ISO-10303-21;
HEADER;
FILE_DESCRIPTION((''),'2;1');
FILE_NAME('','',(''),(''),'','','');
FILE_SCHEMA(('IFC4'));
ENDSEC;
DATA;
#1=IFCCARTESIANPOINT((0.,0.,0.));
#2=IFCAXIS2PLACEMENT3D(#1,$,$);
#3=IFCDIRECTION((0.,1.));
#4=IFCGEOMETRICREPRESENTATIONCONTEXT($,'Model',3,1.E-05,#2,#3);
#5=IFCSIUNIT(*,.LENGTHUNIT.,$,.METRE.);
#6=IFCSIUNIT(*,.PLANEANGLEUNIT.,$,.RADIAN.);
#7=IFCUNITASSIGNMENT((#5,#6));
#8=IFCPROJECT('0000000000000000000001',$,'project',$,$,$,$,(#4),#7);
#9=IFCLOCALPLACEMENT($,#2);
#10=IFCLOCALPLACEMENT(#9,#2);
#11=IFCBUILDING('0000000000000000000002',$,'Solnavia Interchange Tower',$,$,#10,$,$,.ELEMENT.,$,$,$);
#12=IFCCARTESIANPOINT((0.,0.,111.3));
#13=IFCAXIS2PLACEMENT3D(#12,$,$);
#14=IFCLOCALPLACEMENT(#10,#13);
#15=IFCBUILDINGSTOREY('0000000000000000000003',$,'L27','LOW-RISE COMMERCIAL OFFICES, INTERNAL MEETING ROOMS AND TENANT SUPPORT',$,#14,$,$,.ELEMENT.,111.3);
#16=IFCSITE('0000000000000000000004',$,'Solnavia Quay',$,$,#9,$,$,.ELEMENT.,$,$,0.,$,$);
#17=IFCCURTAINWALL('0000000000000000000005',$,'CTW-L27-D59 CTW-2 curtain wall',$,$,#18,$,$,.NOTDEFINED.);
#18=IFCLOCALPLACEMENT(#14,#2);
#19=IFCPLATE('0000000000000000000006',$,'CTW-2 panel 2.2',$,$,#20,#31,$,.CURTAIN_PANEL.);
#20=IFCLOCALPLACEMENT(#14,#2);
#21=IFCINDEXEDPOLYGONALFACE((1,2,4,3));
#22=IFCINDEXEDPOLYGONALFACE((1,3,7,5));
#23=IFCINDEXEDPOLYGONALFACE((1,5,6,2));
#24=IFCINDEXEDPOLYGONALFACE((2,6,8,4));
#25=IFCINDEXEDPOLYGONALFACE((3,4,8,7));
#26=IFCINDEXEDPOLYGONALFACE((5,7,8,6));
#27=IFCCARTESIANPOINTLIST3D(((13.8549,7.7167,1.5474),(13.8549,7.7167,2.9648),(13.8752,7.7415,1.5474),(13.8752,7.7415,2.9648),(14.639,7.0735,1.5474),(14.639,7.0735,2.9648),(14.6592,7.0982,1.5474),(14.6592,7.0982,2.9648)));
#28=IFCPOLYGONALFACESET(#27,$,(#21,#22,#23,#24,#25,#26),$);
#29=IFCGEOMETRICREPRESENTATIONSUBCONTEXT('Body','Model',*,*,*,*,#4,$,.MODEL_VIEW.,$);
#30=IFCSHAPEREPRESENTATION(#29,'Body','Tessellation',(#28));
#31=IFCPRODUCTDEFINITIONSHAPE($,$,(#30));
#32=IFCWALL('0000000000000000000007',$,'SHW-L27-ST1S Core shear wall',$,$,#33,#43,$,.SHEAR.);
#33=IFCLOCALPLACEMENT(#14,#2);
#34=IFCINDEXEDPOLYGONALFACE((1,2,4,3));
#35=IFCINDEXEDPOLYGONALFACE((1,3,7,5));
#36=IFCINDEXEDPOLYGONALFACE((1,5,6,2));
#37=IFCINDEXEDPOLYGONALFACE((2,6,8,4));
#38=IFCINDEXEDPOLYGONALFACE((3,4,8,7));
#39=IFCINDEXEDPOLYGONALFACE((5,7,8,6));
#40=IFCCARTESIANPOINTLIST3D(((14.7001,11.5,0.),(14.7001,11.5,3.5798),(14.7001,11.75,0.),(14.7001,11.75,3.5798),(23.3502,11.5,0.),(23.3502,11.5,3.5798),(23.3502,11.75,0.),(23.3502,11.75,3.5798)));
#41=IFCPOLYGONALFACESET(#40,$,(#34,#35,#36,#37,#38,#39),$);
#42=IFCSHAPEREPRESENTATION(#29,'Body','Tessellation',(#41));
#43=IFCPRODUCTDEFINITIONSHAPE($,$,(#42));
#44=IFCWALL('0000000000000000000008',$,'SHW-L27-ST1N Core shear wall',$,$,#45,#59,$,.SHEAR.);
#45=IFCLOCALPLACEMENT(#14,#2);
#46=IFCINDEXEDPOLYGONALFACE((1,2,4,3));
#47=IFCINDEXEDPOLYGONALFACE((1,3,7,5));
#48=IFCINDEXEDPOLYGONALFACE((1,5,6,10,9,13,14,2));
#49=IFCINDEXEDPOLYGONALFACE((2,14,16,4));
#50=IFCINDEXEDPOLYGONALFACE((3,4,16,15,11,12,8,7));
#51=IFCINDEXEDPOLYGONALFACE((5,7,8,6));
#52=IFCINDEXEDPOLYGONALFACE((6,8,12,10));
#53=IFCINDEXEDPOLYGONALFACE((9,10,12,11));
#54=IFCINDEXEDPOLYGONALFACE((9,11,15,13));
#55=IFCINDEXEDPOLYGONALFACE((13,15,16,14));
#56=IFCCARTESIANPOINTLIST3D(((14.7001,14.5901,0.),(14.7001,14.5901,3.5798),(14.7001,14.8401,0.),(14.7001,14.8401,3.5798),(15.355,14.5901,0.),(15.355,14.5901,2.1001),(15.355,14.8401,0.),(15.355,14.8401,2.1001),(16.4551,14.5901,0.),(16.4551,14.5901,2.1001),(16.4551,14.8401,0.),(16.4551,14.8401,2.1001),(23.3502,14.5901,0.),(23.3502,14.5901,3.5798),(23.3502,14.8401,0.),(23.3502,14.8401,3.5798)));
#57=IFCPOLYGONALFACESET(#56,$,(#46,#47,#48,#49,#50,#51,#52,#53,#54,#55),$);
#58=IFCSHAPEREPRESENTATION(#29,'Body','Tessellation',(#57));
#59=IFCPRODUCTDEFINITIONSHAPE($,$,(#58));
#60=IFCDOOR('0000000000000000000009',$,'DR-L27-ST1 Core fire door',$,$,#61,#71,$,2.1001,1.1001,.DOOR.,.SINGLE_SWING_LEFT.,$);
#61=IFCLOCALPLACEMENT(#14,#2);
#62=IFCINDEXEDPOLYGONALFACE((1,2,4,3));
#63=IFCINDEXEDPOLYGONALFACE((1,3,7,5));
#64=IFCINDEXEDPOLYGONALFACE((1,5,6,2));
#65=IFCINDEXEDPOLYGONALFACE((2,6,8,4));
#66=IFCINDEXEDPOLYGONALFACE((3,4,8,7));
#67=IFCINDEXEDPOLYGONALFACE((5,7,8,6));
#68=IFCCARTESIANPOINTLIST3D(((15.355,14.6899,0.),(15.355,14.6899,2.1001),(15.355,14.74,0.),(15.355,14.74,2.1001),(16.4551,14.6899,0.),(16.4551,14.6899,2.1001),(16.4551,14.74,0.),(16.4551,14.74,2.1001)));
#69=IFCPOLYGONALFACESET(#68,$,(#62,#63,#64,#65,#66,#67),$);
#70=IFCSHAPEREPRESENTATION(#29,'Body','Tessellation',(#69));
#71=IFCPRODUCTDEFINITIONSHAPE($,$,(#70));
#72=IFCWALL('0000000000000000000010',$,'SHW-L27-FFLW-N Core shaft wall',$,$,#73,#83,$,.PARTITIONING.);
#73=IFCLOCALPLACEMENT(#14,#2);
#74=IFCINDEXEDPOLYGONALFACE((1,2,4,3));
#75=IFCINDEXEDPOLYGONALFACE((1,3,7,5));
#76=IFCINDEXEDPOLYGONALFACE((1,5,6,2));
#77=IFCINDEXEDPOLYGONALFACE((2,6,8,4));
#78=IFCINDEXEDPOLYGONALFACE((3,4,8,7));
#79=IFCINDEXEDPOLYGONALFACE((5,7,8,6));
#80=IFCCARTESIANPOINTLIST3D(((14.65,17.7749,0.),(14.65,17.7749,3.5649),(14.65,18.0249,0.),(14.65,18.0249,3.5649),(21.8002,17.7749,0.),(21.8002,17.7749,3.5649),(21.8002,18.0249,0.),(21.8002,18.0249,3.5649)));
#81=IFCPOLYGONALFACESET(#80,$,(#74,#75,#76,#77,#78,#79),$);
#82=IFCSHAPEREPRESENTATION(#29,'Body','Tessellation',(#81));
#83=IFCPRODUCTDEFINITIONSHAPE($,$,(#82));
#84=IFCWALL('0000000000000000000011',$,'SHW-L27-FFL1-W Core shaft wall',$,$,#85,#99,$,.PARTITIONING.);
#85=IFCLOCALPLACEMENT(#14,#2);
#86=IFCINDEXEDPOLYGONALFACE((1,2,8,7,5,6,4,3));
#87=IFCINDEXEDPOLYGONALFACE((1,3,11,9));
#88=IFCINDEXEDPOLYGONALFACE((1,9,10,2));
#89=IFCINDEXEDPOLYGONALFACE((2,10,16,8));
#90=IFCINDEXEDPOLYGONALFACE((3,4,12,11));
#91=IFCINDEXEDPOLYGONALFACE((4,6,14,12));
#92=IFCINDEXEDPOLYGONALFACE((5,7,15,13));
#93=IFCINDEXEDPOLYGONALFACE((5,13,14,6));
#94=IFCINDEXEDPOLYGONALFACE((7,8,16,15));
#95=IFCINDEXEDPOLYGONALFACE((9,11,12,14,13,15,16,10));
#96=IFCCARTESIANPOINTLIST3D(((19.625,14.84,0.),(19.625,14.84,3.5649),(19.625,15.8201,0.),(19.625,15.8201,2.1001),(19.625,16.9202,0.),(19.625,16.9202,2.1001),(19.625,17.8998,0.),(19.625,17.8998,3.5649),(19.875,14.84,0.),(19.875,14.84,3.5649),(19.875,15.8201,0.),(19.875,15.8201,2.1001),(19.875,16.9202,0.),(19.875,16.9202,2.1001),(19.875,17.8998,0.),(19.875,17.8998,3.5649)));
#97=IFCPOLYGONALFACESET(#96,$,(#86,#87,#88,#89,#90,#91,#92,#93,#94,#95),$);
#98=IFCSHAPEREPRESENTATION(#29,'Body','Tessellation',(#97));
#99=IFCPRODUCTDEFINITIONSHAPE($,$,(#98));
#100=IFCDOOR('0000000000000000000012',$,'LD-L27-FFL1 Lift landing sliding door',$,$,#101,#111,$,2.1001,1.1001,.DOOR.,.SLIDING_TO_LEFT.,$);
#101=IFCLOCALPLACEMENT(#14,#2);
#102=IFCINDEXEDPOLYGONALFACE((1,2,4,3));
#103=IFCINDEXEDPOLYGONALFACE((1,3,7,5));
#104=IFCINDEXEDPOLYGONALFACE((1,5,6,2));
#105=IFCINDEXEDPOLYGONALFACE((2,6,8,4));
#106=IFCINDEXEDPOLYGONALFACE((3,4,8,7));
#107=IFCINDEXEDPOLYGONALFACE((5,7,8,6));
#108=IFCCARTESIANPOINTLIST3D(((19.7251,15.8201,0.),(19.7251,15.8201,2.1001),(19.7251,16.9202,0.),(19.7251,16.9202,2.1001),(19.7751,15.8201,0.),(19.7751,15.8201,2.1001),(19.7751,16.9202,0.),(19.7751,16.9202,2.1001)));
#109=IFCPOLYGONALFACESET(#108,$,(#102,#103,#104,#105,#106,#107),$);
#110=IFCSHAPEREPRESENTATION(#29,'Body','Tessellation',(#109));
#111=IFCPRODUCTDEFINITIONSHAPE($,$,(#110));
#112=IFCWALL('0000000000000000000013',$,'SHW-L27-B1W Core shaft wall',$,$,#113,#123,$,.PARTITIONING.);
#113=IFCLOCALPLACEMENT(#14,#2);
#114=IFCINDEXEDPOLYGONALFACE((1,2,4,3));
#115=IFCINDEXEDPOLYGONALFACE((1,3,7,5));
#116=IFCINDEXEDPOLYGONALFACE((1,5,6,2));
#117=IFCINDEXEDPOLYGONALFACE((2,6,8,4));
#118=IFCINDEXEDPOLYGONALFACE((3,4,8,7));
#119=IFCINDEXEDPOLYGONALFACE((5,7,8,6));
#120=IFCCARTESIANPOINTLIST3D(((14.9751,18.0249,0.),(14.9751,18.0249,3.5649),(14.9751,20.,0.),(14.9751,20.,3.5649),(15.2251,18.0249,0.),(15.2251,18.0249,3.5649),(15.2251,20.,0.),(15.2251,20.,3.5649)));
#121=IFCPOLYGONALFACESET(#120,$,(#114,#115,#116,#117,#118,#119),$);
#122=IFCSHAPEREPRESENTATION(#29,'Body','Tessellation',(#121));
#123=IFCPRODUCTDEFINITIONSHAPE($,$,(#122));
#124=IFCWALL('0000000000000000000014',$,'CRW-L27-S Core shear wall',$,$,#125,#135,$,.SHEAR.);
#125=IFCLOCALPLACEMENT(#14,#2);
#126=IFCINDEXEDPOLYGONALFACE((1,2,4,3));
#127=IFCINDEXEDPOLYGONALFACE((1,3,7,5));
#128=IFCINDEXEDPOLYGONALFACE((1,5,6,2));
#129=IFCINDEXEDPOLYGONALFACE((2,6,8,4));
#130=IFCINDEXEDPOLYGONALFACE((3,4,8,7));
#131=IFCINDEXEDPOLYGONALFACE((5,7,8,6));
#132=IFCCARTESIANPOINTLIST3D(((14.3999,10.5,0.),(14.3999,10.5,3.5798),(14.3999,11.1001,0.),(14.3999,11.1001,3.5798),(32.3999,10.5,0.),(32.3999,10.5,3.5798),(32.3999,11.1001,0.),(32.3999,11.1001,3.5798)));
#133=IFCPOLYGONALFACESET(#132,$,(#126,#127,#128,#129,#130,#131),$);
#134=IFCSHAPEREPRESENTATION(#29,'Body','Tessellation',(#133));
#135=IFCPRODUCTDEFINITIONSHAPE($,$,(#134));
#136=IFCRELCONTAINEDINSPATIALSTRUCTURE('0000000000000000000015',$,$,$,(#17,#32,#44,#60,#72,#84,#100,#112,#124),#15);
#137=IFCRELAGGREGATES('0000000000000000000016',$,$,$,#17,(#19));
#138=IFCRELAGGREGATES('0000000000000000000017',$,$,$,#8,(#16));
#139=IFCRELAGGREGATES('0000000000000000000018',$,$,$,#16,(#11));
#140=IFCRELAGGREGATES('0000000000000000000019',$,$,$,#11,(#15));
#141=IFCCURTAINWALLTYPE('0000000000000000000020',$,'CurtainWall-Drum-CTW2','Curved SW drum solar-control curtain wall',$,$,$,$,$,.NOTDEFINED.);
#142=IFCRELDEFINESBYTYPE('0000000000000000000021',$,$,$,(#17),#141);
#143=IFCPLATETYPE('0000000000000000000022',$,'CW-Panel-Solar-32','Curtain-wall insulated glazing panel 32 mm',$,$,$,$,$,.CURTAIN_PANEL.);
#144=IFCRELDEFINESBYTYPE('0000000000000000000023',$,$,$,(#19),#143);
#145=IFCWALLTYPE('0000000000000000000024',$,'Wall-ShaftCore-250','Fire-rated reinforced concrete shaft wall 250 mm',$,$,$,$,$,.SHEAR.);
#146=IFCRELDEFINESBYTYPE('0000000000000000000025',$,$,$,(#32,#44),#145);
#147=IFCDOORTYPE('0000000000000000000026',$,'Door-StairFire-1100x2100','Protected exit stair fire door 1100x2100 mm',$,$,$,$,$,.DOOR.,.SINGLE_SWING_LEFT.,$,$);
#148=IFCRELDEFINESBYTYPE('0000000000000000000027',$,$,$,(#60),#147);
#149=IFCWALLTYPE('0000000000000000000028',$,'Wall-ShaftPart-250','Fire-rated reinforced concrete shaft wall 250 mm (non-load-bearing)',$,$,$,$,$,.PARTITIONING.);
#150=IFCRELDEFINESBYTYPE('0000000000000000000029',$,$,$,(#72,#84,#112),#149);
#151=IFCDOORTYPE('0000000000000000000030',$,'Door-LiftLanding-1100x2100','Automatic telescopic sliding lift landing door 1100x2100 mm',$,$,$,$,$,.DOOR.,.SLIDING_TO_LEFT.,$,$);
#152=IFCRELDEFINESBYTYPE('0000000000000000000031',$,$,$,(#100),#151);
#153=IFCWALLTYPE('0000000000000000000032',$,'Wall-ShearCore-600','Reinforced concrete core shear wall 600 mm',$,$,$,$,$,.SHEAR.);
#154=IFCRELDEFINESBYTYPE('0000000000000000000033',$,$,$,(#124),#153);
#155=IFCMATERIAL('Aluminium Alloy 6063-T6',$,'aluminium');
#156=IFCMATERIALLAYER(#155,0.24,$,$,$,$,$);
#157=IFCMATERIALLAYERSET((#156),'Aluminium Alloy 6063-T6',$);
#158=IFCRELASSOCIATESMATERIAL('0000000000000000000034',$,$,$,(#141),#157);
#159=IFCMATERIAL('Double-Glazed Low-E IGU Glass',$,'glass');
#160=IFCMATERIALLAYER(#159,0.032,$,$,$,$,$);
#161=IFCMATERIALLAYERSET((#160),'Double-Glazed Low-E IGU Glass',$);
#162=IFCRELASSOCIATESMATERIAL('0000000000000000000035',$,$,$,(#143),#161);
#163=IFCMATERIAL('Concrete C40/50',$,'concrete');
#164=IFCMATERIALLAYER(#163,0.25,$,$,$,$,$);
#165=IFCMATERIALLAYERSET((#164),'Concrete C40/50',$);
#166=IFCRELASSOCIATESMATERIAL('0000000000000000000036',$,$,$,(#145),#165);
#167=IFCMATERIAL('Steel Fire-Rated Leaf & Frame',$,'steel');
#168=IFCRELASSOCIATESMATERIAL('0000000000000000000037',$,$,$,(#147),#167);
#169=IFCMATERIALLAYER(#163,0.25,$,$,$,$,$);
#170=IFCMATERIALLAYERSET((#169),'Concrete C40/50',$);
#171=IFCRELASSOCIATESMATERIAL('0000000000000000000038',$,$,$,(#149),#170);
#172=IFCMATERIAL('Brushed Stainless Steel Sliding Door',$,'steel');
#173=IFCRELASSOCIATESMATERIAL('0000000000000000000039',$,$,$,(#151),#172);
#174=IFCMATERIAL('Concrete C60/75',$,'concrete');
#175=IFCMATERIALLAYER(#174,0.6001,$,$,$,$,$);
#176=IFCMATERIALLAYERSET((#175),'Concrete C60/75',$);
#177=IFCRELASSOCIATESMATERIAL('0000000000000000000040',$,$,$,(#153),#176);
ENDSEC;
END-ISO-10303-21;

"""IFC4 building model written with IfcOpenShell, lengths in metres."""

from ifc_helpers import new_model, si_unit, direction, frame, frame_2d, origin, origin_2d, place, context, subcontext, project, spatial, rectangle, extrude, material, layer, layer_set, type_object, element, fill, aggregate, save


model = new_model("IFC4")

# Units and contexts
model_context = context("Model", 3, precision=1e-05, world=origin(), true_north=direction((0.0, 1.0)))
body_context = subcontext(model_context, "Body", "Model", "MODEL_VIEW")
ifc_project = project(units=[si_unit("LENGTHUNIT", "METRE"), si_unit("PLANEANGLEUNIT", "RADIAN")], contexts=[model_context])

# Site, building, storey
site_placement = place(None, origin())
site = spatial("IfcSite", under=ifc_project, at=site_placement, Name="Solnavia Quay", CompositionType="ELEMENT", RefElevation=0.0)
building_placement = place(site_placement, origin())
building = spatial("IfcBuilding", under=site, at=building_placement, Name="Solnavia Interchange Tower", CompositionType="ELEMENT")
storey_placement = place(building_placement, frame((0.0, 0.0, 111.3)))
storey = spatial("IfcBuildingStorey", under=building, at=storey_placement, Name="L27", Description="LOW-RISE COMMERCIAL OFFICES, INTERNAL MEETING ROOMS AND TENANT SUPPORT", CompositionType="ELEMENT", Elevation=111.3)

# Curtain wall, plate
ifc_material_1 = material(Name="Aluminium Alloy 6063-T6", Category="aluminium")
ifc_layer_1 = layer(ifc_material_1, 0.24)
ifc_layer_set_1 = layer_set([ifc_layer_1], Name="Aluminium Alloy 6063-T6")
curtain_wall_type = type_object("IfcCurtainWallType", Name="CurtainWall-Drum-CTW2", Description="Curved SW drum solar-control curtain wall", PredefinedType="NOTDEFINED", material=ifc_layer_set_1)
curtain_wall_placement = place(storey_placement, origin())
curtain_wall = element("IfcCurtainWall", 1, at=curtain_wall_placement, inside=storey, type_object=curtain_wall_type, Name="CTW-L27-D59 CTW-2 curtain wall", PredefinedType="NOTDEFINED")
ifc_material_2 = material(Name="Double-Glazed Low-E IGU Glass", Category="glass")
ifc_layer_2 = layer(ifc_material_2, 0.032)
ifc_layer_set_2 = layer_set([ifc_layer_2], Name="Double-Glazed Low-E IGU Glass")
plate_type = type_object("IfcPlateType", Name="CW-Panel-Solar-32", Description="Curtain-wall insulated glazing panel 32 mm", PredefinedType="CURTAIN_PANEL", material=ifc_layer_set_2)
plate_placement = place(storey_placement, frame((14.2571, 7.4075, 1.5474), z_axis=(0.0, 0.0, 1.0), x_axis=(0.773095, -0.634291, 0.0)))
plate = element("IfcPlate", 2, at=plate_placement, type_object=plate_type, Name="CTW-2 panel 2.2", PredefinedType="CURTAIN_PANEL", context=body_context, shape_type="SweptSolid", body=[
    extrude(rectangle(XDim=1.0142, YDim=0.032, at=origin_2d()), origin(), (0.0, 0.0, 1.0), 1.4175),
])
aggregate(curtain_wall, [plate])

# Wall
ifc_material_3 = material(Name="Concrete C40/50", Category="concrete")
ifc_layer_3 = layer(ifc_material_3, 0.25)
ifc_layer_set_3 = layer_set([ifc_layer_3], Name="Concrete C40/50")
wall_type_1 = type_object("IfcWallType", Name="Wall-ShaftCore-250", Description="Fire-rated reinforced concrete shaft wall 250 mm", PredefinedType="SHEAR", material=ifc_layer_set_3)
wall_1_placement = place(storey_placement, frame((14.7, 11.625, 0.0), z_axis=(0.0, 0.0, 1.0), x_axis=(1.0, 0.0, 0.0)))
element("IfcWall", 3, at=wall_1_placement, inside=storey, type_object=wall_type_1, Name="SHW-L27-ST1S Core shear wall", PredefinedType="SHEAR", context=body_context, shape_type="SweptSolid", body=[
    extrude(rectangle(XDim=8.6501, YDim=0.25, at=frame_2d((4.3252, 0.0))), origin(), (0.0, 0.0, 1.0), 3.5798),
])

# Wall, opening, door
wall_2_placement = place(storey_placement, frame((14.7, 14.7151, 0.0), z_axis=(0.0, 0.0, 1.0), x_axis=(1.0, 0.0, 0.0)))
wall_2 = element("IfcWall", 4, at=wall_2_placement, inside=storey, type_object=wall_type_1, Name="SHW-L27-ST1N Core shear wall", PredefinedType="SHEAR", context=body_context, shape_type="SweptSolid", body=[
    extrude(rectangle(XDim=8.6501, YDim=0.25, at=frame_2d((4.3252, 0.0))), origin(), (0.0, 0.0, 1.0), 3.5798),
])
opening_1_placement = place(wall_2_placement, frame((0.655, 0.0, 0.0)))
opening_1 = element("IfcOpeningElement", 5, at=opening_1_placement, cuts=wall_2, PredefinedType="OPENING", context=body_context, shape_type="SweptSolid", body=[
    extrude(rectangle(XDim=1.1001, YDim=2.1001, at=frame_2d((0.55, 1.05))), frame((0.0, 0.135, 0.0), z_axis=(0.0, -1.0, 0.0), x_axis=(1.0, 0.0, 0.0)), (0.0, 0.0, 1.0), 0.27),
])
ifc_material_4 = material(Name="Steel Fire-Rated Leaf & Frame", Category="steel")
door_type_1 = type_object("IfcDoorType", Name="Door-StairFire-1100x2100", Description="Protected exit stair fire door 1100x2100 mm", OperationType="SINGLE_SWING_LEFT", PredefinedType="DOOR", material=ifc_material_4)
door_1_placement = place(opening_1_placement, origin())
door_1 = element("IfcDoor", 6, at=door_1_placement, inside=storey, type_object=door_type_1, Name="DR-L27-ST1 Core fire door", OperationType="SINGLE_SWING_LEFT", OverallHeight=2.1001, OverallWidth=1.1001, PredefinedType="DOOR", context=body_context, shape_type="SweptSolid", body=[
    extrude(rectangle(XDim=1.1001, YDim=2.1001, at=frame_2d((0.55, 1.05))), frame((0.0, 0.0249, 0.0), z_axis=(0.0, -1.0, 0.0), x_axis=(1.0, 0.0, 0.0)), (0.0, 0.0, 1.0), 0.05),
])
fill(opening_1, door_1)

# Wall
ifc_layer_4 = layer(ifc_material_3, 0.25)
ifc_layer_set_4 = layer_set([ifc_layer_4], Name="Concrete C40/50")
wall_type_2 = type_object("IfcWallType", Name="Wall-ShaftPart-250", Description="Fire-rated reinforced concrete shaft wall 250 mm (non-load-bearing)", PredefinedType="PARTITIONING", material=ifc_layer_set_4)
wall_3_placement = place(storey_placement, frame((14.6499, 17.8999, 0.0), z_axis=(0.0, 0.0, 1.0), x_axis=(1.0, 0.0, 0.0)))
element("IfcWall", 7, at=wall_3_placement, inside=storey, type_object=wall_type_2, Name="SHW-L27-FFLW-N Core shaft wall", PredefinedType="PARTITIONING", context=body_context, shape_type="SweptSolid", body=[
    extrude(rectangle(XDim=7.1501, YDim=0.25, at=frame_2d((3.5752, 0.0))), origin(), (0.0, 0.0, 1.0), 3.5649),
])

# Wall, opening, door
wall_4_placement = place(storey_placement, frame((19.75, 14.8401, 0.0), z_axis=(0.0, 0.0, 1.0), x_axis=(0.0, 1.0, 0.0)))
wall_4 = element("IfcWall", 8, at=wall_4_placement, inside=storey, type_object=wall_type_2, Name="SHW-L27-FFL1-W Core shaft wall", PredefinedType="PARTITIONING", context=body_context, shape_type="SweptSolid", body=[
    extrude(rectangle(XDim=3.0598, YDim=0.25, at=frame_2d((1.5298, 0.0))), origin(), (0.0, 0.0, 1.0), 3.5649),
])
opening_2_placement = place(wall_4_placement, frame((0.98, 0.0, 0.0)))
opening_2 = element("IfcOpeningElement", 9, at=opening_2_placement, cuts=wall_4, PredefinedType="OPENING", context=body_context, shape_type="SweptSolid", body=[
    extrude(rectangle(XDim=1.1001, YDim=2.1001, at=frame_2d((0.55, 1.05))), frame((0.0, 0.135, 0.0), z_axis=(0.0, -1.0, 0.0), x_axis=(1.0, 0.0, 0.0)), (0.0, 0.0, 1.0), 0.27),
])
ifc_material_5 = material(Name="Brushed Stainless Steel Sliding Door", Category="steel")
door_type_2 = type_object("IfcDoorType", Name="Door-LiftLanding-1100x2100", Description="Automatic telescopic sliding lift landing door 1100x2100 mm", OperationType="SLIDING_TO_LEFT", PredefinedType="DOOR", material=ifc_material_5)
door_2_placement = place(opening_2_placement, origin())
door_2 = element("IfcDoor", 10, at=door_2_placement, inside=storey, type_object=door_type_2, Name="LD-L27-FFL1 Lift landing sliding door", OperationType="SLIDING_TO_LEFT", OverallHeight=2.1001, OverallWidth=1.1001, PredefinedType="DOOR", context=body_context, shape_type="SweptSolid", body=[
    extrude(rectangle(XDim=1.1001, YDim=2.1001, at=frame_2d((0.55, 1.05))), frame((0.0, 0.0249, 0.0), z_axis=(0.0, -1.0, 0.0), x_axis=(1.0, 0.0, 0.0)), (0.0, 0.0, 1.0), 0.05),
])
fill(opening_2, door_2)

# Walls
wall_5_placement = place(storey_placement, frame((15.1001, 18.0249, 0.0), z_axis=(0.0, 0.0, 1.0), x_axis=(0.0, 1.0, 0.0)))
element("IfcWall", 11, at=wall_5_placement, inside=storey, type_object=wall_type_2, Name="SHW-L27-B1W Core shaft wall", PredefinedType="PARTITIONING", context=body_context, shape_type="SweptSolid", body=[
    extrude(rectangle(XDim=1.9751, YDim=0.25, at=frame_2d((0.9875, 0.0))), origin(), (0.0, 0.0, 1.0), 3.5649),
])
ifc_material_6 = material(Name="Concrete C60/75", Category="concrete")
ifc_layer_5 = layer(ifc_material_6, 0.6001)
ifc_layer_set_5 = layer_set([ifc_layer_5], Name="Concrete C60/75")
wall_type_3 = type_object("IfcWallType", Name="Wall-ShearCore-600", Description="Reinforced concrete core shear wall 600 mm", PredefinedType="SHEAR", material=ifc_layer_set_5)
wall_6_placement = place(storey_placement, frame((14.3999, 10.8, 0.0), z_axis=(0.0, 0.0, 1.0), x_axis=(1.0, 0.0, 0.0)))
element("IfcWall", 12, at=wall_6_placement, inside=storey, type_object=wall_type_3, Name="CRW-L27-S Core shear wall", PredefinedType="SHEAR", context=body_context, shape_type="SweptSolid", body=[
    extrude(rectangle(XDim=18.0, YDim=0.6001, at=frame_2d((9.0, 0.0))), origin(), (0.0, 0.0, 1.0), 3.5798),
])

save(model, "model.ifc")
